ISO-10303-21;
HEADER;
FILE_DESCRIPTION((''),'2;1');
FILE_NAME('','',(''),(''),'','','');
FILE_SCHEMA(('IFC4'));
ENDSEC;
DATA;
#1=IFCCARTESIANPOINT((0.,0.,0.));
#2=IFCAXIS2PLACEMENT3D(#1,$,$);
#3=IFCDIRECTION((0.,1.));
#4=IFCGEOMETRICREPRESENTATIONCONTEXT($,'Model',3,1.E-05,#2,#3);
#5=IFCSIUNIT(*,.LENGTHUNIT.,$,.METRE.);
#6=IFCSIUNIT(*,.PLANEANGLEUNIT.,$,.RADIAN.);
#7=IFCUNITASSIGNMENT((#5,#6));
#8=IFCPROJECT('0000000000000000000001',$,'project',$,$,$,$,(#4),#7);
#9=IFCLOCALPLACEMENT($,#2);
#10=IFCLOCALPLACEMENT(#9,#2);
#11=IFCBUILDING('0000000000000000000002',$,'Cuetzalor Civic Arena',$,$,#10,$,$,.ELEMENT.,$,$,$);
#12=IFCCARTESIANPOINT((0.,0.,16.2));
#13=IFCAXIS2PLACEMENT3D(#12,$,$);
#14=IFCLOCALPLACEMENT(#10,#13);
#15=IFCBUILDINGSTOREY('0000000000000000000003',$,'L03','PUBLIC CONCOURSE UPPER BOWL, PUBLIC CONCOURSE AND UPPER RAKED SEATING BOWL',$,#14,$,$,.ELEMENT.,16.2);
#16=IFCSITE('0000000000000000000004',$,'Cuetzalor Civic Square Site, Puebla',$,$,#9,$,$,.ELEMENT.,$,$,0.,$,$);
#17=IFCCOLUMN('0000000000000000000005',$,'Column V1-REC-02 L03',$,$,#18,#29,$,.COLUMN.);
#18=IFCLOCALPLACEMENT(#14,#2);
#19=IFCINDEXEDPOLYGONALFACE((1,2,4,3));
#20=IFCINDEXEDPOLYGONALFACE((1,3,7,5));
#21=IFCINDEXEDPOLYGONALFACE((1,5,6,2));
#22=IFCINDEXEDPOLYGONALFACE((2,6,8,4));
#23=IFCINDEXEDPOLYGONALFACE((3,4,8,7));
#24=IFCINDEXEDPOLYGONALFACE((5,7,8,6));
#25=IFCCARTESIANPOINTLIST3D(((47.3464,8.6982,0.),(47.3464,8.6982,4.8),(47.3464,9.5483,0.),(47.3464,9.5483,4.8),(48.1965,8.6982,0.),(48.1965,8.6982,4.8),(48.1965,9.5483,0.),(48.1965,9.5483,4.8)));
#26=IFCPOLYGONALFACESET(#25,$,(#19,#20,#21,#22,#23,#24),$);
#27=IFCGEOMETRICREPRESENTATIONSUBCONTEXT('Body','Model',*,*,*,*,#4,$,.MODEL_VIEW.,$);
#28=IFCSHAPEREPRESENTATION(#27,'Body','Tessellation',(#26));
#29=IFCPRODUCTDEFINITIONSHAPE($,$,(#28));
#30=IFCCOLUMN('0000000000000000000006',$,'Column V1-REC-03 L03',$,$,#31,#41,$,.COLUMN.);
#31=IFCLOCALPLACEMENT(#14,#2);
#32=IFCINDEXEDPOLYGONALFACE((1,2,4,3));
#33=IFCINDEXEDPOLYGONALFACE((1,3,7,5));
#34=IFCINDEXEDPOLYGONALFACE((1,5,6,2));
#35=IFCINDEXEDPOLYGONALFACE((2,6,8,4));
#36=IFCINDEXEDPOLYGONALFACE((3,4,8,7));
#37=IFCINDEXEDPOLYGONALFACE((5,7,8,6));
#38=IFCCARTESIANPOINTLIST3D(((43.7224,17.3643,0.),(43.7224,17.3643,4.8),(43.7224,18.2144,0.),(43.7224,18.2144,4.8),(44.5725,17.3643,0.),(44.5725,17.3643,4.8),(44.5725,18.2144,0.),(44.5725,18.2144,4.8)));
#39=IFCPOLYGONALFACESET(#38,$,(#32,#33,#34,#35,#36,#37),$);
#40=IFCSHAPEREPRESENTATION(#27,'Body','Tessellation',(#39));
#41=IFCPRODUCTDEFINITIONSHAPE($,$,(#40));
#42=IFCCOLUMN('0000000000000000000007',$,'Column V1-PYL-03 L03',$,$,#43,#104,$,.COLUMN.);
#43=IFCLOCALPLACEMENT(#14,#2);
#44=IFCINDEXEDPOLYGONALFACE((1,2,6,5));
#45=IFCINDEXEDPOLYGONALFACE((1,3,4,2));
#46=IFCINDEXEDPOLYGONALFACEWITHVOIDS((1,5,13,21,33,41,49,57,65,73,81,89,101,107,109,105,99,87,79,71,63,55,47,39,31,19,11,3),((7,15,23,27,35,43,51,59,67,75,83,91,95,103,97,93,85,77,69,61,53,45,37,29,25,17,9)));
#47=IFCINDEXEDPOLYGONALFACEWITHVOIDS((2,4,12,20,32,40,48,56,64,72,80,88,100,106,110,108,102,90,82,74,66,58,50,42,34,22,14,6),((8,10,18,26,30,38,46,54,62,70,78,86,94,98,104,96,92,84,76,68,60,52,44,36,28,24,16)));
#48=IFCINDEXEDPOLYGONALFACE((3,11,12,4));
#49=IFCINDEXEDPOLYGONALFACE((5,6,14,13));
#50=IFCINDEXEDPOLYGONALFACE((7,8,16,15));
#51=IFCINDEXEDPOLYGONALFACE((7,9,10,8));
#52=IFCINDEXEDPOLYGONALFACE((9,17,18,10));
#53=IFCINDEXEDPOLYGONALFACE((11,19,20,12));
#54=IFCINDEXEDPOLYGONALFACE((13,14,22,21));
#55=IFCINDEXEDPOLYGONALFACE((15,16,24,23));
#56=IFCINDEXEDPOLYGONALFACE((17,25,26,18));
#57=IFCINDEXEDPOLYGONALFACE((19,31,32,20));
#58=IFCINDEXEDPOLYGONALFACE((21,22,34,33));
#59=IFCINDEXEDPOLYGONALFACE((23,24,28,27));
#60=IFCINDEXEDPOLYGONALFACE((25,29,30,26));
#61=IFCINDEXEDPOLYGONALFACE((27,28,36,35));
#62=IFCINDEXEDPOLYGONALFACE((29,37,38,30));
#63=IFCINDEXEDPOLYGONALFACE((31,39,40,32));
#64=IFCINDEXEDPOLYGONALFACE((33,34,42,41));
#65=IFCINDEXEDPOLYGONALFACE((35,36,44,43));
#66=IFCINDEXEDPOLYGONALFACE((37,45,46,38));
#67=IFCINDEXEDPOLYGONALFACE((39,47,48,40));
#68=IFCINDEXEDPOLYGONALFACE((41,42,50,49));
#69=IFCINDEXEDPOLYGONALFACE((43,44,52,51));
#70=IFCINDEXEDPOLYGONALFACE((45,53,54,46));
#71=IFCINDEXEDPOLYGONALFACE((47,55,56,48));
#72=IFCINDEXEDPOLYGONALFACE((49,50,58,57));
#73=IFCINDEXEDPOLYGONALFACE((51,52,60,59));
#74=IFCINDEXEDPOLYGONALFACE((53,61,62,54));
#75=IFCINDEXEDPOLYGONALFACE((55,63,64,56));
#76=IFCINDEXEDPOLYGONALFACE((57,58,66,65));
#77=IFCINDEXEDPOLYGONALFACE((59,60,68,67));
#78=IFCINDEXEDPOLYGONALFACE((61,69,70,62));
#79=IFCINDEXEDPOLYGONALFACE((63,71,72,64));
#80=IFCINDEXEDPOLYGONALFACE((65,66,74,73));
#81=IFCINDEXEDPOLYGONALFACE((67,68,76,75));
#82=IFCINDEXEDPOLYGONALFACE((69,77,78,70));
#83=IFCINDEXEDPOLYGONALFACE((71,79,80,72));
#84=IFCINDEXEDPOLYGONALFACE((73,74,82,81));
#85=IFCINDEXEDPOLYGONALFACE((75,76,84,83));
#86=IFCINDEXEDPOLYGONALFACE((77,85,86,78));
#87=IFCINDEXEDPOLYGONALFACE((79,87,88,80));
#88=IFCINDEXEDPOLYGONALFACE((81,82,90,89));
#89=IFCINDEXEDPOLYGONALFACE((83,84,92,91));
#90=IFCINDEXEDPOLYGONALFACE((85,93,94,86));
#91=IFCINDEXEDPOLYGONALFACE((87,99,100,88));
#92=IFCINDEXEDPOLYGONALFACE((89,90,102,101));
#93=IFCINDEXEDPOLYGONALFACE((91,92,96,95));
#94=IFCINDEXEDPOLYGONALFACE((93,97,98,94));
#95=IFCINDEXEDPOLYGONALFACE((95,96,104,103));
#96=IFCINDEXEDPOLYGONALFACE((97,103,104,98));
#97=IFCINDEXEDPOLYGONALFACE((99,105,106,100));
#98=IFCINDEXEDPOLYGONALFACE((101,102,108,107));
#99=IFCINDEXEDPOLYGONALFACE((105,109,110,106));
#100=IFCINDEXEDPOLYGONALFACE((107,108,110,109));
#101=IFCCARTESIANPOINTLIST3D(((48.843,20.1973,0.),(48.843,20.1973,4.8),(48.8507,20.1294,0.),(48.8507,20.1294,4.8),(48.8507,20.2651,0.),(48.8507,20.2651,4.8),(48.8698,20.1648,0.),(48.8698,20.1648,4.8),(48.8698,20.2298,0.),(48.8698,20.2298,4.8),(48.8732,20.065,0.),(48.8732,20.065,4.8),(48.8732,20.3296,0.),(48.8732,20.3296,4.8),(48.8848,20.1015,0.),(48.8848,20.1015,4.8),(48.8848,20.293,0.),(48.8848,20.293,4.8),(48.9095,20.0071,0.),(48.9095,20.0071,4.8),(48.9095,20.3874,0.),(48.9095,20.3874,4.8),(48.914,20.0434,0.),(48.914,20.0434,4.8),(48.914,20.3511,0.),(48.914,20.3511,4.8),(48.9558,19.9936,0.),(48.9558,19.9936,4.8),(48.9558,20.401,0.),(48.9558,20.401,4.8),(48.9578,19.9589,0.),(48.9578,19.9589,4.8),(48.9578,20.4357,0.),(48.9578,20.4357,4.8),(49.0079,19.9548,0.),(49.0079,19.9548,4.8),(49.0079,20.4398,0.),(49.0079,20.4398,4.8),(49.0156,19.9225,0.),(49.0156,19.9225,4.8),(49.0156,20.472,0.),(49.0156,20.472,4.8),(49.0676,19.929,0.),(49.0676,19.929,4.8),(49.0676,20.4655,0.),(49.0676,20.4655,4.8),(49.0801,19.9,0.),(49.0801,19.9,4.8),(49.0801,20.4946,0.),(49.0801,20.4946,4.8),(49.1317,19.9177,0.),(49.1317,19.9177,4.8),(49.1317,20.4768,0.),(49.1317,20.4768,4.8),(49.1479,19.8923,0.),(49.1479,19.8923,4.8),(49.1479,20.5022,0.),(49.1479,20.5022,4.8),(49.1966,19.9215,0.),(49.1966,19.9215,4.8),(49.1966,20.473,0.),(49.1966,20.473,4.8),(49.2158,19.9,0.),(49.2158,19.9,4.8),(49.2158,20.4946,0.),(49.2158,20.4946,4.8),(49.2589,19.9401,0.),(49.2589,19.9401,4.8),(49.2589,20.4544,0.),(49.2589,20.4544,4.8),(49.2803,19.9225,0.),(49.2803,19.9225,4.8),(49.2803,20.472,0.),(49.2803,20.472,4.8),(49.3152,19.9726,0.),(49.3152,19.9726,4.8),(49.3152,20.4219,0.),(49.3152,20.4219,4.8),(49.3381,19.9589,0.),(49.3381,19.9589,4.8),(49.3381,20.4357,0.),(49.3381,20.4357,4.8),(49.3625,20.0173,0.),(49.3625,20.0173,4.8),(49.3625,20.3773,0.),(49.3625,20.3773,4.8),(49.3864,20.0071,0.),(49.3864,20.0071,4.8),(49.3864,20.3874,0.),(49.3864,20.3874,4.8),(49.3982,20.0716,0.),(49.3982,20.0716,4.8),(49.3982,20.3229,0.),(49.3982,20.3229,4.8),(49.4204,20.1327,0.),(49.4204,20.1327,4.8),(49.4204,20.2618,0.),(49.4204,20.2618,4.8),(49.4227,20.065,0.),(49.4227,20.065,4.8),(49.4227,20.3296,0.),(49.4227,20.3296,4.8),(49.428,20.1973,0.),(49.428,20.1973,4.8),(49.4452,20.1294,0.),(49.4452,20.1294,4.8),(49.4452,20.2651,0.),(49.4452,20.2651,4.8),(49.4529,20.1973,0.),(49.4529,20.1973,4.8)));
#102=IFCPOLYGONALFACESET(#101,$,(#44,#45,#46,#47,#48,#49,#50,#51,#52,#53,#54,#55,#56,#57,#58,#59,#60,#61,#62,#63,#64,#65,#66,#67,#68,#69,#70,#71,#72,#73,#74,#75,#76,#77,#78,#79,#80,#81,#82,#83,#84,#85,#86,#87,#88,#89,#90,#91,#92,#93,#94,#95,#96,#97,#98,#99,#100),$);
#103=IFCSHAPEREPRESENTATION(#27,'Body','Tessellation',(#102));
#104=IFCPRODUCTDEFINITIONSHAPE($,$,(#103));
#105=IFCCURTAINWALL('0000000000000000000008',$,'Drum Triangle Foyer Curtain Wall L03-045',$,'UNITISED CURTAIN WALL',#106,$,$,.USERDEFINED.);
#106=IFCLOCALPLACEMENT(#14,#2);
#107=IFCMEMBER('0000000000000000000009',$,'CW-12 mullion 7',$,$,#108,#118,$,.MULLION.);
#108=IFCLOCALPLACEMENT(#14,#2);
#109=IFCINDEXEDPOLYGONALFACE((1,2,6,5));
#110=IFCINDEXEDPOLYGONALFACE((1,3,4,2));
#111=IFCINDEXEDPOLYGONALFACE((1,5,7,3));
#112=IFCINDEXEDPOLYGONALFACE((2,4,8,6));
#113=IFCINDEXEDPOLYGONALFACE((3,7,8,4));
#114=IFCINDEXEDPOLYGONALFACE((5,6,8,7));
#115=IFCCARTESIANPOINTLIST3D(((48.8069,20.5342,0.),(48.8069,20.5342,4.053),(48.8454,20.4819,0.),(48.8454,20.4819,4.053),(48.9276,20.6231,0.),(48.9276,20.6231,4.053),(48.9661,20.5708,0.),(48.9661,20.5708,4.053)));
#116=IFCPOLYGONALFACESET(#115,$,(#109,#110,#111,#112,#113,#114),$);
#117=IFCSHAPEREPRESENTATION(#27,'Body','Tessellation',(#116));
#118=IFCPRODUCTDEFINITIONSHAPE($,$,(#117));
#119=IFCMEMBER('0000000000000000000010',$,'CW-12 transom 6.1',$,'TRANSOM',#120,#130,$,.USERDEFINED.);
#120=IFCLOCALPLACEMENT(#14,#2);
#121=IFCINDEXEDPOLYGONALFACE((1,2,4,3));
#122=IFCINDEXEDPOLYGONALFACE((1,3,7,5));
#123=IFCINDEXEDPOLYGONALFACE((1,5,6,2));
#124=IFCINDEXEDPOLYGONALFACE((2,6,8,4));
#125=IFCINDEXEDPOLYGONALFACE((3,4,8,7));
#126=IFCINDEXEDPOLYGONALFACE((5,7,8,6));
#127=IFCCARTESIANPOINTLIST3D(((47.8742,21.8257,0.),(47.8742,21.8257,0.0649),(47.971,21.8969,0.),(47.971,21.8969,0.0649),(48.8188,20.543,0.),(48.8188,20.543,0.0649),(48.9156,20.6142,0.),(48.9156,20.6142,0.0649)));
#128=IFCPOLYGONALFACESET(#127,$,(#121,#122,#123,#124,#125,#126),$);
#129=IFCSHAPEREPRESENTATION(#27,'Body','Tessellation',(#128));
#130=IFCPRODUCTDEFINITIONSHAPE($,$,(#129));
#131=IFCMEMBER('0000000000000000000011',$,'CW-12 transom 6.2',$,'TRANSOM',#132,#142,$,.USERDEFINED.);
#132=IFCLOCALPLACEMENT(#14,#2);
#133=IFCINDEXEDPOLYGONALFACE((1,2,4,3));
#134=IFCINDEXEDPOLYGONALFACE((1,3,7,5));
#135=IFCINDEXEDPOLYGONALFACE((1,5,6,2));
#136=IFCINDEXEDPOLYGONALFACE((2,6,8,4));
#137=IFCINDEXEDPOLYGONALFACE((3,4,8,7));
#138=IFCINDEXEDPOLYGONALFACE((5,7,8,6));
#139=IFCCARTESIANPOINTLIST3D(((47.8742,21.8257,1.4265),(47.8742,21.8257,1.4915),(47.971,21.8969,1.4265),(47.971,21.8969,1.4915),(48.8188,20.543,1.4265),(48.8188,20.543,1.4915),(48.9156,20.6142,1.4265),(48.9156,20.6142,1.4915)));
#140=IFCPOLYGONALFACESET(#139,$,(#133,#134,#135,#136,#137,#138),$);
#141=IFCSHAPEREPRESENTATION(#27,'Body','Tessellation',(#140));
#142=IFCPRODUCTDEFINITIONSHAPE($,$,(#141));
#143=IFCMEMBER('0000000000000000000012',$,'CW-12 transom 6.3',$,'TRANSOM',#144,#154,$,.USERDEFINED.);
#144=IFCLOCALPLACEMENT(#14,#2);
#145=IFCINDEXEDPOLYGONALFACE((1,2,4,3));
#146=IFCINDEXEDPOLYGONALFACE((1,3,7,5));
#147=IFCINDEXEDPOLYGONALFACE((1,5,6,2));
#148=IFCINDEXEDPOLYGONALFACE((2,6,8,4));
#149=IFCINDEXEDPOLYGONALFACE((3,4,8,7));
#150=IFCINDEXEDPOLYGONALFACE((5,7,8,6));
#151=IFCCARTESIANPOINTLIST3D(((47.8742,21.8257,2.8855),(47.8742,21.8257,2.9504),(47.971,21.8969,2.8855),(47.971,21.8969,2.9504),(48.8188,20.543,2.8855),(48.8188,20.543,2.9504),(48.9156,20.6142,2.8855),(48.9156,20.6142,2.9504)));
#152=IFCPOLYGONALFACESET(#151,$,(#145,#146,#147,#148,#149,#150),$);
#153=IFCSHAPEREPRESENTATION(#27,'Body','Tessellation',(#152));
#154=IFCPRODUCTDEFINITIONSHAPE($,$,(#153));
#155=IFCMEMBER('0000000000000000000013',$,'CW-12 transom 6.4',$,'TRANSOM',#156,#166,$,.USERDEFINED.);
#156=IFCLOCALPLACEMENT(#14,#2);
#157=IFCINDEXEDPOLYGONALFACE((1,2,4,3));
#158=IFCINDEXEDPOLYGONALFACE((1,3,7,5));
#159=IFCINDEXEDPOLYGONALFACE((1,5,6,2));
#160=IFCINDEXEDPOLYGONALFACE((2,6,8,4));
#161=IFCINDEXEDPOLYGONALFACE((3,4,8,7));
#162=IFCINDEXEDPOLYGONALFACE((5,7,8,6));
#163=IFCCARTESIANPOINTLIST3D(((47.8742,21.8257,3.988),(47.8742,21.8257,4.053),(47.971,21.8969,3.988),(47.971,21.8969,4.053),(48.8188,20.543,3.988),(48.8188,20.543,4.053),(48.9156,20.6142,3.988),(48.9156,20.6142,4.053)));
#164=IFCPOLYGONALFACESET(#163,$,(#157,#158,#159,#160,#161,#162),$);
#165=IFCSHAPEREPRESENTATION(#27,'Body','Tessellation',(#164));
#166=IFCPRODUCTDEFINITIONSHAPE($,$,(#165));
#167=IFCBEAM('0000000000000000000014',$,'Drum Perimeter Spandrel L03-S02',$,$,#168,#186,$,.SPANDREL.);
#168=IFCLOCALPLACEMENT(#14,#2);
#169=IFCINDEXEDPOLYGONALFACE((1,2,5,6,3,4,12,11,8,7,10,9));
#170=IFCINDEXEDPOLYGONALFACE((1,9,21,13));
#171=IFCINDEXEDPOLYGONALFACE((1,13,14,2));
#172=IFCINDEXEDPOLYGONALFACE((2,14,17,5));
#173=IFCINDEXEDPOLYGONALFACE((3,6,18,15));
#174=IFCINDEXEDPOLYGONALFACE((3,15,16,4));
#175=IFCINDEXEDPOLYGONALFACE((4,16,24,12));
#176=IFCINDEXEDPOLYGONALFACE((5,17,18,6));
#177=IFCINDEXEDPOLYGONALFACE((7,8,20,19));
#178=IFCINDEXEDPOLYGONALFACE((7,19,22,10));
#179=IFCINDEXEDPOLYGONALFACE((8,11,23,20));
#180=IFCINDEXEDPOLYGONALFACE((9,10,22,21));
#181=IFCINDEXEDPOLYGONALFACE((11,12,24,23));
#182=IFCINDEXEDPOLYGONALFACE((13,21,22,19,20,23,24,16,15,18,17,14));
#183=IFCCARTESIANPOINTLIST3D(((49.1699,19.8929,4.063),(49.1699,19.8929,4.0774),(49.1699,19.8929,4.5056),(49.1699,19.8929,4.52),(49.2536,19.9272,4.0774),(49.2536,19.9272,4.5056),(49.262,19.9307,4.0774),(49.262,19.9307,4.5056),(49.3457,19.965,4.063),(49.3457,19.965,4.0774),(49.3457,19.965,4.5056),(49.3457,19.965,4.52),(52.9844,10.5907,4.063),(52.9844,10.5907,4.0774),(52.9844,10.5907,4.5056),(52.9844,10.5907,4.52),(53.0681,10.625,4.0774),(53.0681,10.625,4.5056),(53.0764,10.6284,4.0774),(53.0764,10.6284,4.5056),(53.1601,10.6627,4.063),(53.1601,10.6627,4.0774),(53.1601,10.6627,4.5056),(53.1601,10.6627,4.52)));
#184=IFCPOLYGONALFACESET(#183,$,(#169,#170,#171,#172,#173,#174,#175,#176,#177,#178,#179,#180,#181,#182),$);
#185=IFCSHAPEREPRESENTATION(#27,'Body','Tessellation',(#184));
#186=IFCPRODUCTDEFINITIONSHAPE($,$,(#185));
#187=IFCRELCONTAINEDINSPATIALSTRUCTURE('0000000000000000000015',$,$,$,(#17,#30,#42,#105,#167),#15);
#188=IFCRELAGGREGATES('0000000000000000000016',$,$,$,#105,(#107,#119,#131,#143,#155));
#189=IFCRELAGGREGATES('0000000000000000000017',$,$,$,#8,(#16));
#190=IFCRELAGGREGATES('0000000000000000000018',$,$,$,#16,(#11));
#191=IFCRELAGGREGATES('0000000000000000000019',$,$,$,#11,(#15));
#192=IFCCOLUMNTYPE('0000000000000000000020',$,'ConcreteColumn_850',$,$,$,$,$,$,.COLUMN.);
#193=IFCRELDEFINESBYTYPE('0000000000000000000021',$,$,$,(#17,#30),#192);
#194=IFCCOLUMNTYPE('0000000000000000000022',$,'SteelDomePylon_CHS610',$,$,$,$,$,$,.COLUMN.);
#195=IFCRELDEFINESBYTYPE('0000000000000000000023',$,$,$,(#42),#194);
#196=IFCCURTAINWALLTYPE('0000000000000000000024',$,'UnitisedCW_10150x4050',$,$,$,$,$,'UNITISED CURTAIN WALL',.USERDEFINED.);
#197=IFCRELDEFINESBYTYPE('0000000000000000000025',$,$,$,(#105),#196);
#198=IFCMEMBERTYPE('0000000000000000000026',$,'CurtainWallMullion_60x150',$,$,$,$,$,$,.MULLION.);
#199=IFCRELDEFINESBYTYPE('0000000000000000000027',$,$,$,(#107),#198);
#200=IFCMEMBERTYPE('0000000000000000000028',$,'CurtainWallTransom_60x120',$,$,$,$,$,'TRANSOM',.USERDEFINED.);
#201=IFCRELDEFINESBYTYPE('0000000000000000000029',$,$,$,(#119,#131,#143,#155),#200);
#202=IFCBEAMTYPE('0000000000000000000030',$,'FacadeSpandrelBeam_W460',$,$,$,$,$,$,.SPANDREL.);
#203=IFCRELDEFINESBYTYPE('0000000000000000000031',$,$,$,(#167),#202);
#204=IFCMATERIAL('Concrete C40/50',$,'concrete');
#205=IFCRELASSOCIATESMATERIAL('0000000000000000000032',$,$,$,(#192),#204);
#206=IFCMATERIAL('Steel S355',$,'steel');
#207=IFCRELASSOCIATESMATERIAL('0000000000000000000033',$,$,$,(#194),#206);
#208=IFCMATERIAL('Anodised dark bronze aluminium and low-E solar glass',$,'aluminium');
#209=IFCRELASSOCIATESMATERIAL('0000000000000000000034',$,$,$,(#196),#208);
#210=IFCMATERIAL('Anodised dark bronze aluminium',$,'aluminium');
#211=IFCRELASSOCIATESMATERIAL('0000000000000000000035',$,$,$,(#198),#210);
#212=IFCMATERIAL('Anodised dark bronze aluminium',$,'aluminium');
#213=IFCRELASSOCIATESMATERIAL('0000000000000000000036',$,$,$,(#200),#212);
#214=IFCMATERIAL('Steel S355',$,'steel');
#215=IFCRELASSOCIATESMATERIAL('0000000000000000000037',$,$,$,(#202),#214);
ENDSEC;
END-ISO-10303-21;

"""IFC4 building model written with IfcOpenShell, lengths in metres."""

from ifc_helpers import new_model, si_unit, direction, frame, origin, origin_2d, place, context, subcontext, project, spatial, rectangle, hollow_circle, i_section, extrude, material, material_profile, profile_set, type_object, element, aggregate, save


model = new_model("IFC4")

# Units and contexts
model_context = context("Model", 3, precision=1e-05, world=origin(), true_north=direction((0.0, 1.0)))
body_context = subcontext(model_context, "Body", "Model", "MODEL_VIEW")
ifc_project = project(units=[si_unit("LENGTHUNIT", "METRE"), si_unit("PLANEANGLEUNIT", "RADIAN")], contexts=[model_context])

# Site, building, storey
site_placement = place(None, origin())
site = spatial("IfcSite", under=ifc_project, at=site_placement, Name="Cuetzalor Civic Square Site, Puebla", CompositionType="ELEMENT", RefElevation=0.0)
building_placement = place(site_placement, origin())
building = spatial("IfcBuilding", under=site, at=building_placement, Name="Cuetzalor Civic Arena", CompositionType="ELEMENT")
storey_placement = place(building_placement, frame((0.0, 0.0, 16.2)))
storey = spatial("IfcBuildingStorey", under=building, at=storey_placement, Name="L03", Description="PUBLIC CONCOURSE UPPER BOWL, PUBLIC CONCOURSE AND UPPER RAKED SEATING BOWL", CompositionType="ELEMENT", Elevation=16.2)

# Columns
ifc_material_1 = material(Name="Concrete C40/50", Category="concrete")
ifc_material_profile_1 = material_profile(ifc_material_1, rectangle(XDim=0.8501, YDim=0.8501, at=origin_2d()), Name="RC 850x850")
ifc_profile_set_1 = profile_set([ifc_material_profile_1], Name="Concrete C40/50")
column_type_1 = type_object("IfcColumnType", Name="ConcreteColumn_850", PredefinedType="COLUMN", material=ifc_profile_set_1)
for number, where, z_axis, x_axis, name in (
    (1, (47.7715, 9.1233, 0.0), (0.0, 0.0, 1.0), (1.0, 0.0, 0.0), "Column V1-REC-02 L03"),
    (2, (44.1475, 17.7893, 0.0), (0.0, 0.0, 1.0), (1.0, 0.0, 0.0), "Column V1-REC-03 L03"),
):
    element("IfcColumn", number, at=place(storey_placement, frame(where, z_axis=z_axis, x_axis=x_axis)), inside=storey, type_object=column_type_1, Name=name, PredefinedType="COLUMN", context=body_context, shape_type="SweptSolid", body=[
        extrude(rectangle(XDim=0.8501, YDim=0.8501, at=origin_2d()), origin(), (0.0, 0.0, 1.0), 4.8),
    ])
ifc_material_2 = material(Name="Steel S355", Category="steel")
ifc_material_profile_2 = material_profile(ifc_material_2, hollow_circle(Radius=0.3049, WallThickness=0.0249, at=origin_2d()), Name="CHS 610x25")
ifc_profile_set_2 = profile_set([ifc_material_profile_2], Name="Steel S355")
column_type_2 = type_object("IfcColumnType", Name="SteelDomePylon_CHS610", PredefinedType="COLUMN", material=ifc_profile_set_2)
column_placement = place(storey_placement, frame((49.1479, 20.1973, 0.0), z_axis=(0.0, 0.0, 1.0), x_axis=(1.0, 0.0, 0.0)))
element("IfcColumn", 3, at=column_placement, inside=storey, type_object=column_type_2, Name="Column V1-PYL-03 L03", PredefinedType="COLUMN", context=body_context, shape_type="SweptSolid", body=[
    extrude(hollow_circle(Radius=0.3049, WallThickness=0.0249, at=origin_2d()), origin(), (0.0, 0.0, 1.0), 4.8),
])

# Curtain wall, members
ifc_material_3 = material(Name="Anodised dark bronze aluminium and low-E solar glass", Category="aluminium")
curtain_wall_type = type_object("IfcCurtainWallType", Name="UnitisedCW_10150x4050", ElementType="UNITISED CURTAIN WALL", PredefinedType="USERDEFINED", material=ifc_material_3)
curtain_wall_placement = place(storey_placement, origin())
curtain_wall = element("IfcCurtainWall", 4, at=curtain_wall_placement, inside=storey, type_object=curtain_wall_type, Name="Drum Triangle Foyer Curtain Wall L03-045", ObjectType="UNITISED CURTAIN WALL", PredefinedType="USERDEFINED")
ifc_material_4 = material(Name="Anodised dark bronze aluminium", Category="aluminium")
ifc_material_profile_3 = material_profile(ifc_material_4, rectangle(XDim=0.0649, YDim=0.1499, at=origin_2d()), Name="ALU MULLION 65x150")
ifc_profile_set_3 = profile_set([ifc_material_profile_3], Name="Anodised dark bronze aluminium")
member_type_1 = type_object("IfcMemberType", Name="CurtainWallMullion_60x150", PredefinedType="MULLION", material=ifc_profile_set_3)
member_1_placement = place(storey_placement, frame((48.8865, 20.5525, 0.0), z_axis=(0.0, 0.0, 1.0), x_axis=(0.592929, -0.805255, 0.0)))
member_1 = element("IfcMember", 5, at=member_1_placement, type_object=member_type_1, Name="CW-12 mullion 7", PredefinedType="MULLION", context=body_context, shape_type="SweptSolid", body=[
    extrude(rectangle(XDim=0.0649, YDim=0.1499, at=origin_2d()), origin(), (0.0, 0.0, 1.0), 4.053),
])
ifc_material_5 = material(Name="Anodised dark bronze aluminium", Category="aluminium")
ifc_material_profile_4 = material_profile(ifc_material_5, rectangle(XDim=0.1201, YDim=0.0649, at=origin_2d()), Name="ALU TRANSOM 65x120")
ifc_profile_set_4 = profile_set([ifc_material_profile_4], Name="Anodised dark bronze aluminium")
member_type_2 = type_object("IfcMemberType", Name="CurtainWallTransom_60x120", ElementType="TRANSOM", PredefinedType="USERDEFINED", material=ifc_profile_set_4)
member_2_placement = place(storey_placement, frame((47.9226, 21.8613, 0.0325), z_axis=(0.592964, -0.805229, 0.0), x_axis=(0.805229, 0.592964, 0.0)))
member_2 = element("IfcMember", 6, at=member_2_placement, type_object=member_type_2, Name="CW-12 transom 6.1", ObjectType="TRANSOM", PredefinedType="USERDEFINED", context=body_context, shape_type="SweptSolid", body=[
    extrude(rectangle(XDim=0.1201, YDim=0.0649, at=origin_2d()), origin(), (0.0, 0.0, 1.0), 1.593),
])
member_3_placement = place(storey_placement, frame((47.9226, 21.8613, 1.459), z_axis=(0.592964, -0.805229, 0.0), x_axis=(0.805229, 0.592964, 0.0)))
member_3 = element("IfcMember", 7, at=member_3_placement, type_object=member_type_2, Name="CW-12 transom 6.2", ObjectType="TRANSOM", PredefinedType="USERDEFINED", context=body_context, shape_type="SweptSolid", body=[
    extrude(rectangle(XDim=0.1201, YDim=0.0649, at=origin_2d()), origin(), (0.0, 0.0, 1.0), 1.593),
])
member_4_placement = place(storey_placement, frame((47.9226, 21.8613, 2.918), z_axis=(0.592964, -0.805229, 0.0), x_axis=(0.805229, 0.592964, 0.0)))
member_4 = element("IfcMember", 8, at=member_4_placement, type_object=member_type_2, Name="CW-12 transom 6.3", ObjectType="TRANSOM", PredefinedType="USERDEFINED", context=body_context, shape_type="SweptSolid", body=[
    extrude(rectangle(XDim=0.1201, YDim=0.0649, at=origin_2d()), origin(), (0.0, 0.0, 1.0), 1.593),
])
member_5_placement = place(storey_placement, frame((47.9226, 21.8613, 4.0205), z_axis=(0.592964, -0.805229, 0.0), x_axis=(0.805229, 0.592964, 0.0)))
member_5 = element("IfcMember", 9, at=member_5_placement, type_object=member_type_2, Name="CW-12 transom 6.4", ObjectType="TRANSOM", PredefinedType="USERDEFINED", context=body_context, shape_type="SweptSolid", body=[
    extrude(rectangle(XDim=0.1201, YDim=0.0649, at=origin_2d()), origin(), (0.0, 0.0, 1.0), 1.593),
])

# Beam
ifc_material_6 = material(Name="Steel S355", Category="steel")
ifc_material_profile_5 = material_profile(ifc_material_6, i_section(OverallWidth=0.1899, OverallDepth=0.457, WebThickness=0.009, FlangeThickness=0.0144, at=origin_2d()), Name="W460x74")
ifc_profile_set_5 = profile_set([ifc_material_profile_5], Name="Steel S355")
beam_type_1 = type_object("IfcBeamType", Name="FacadeSpandrelBeam_W460", PredefinedType="SPANDREL", material=ifc_profile_set_5)
beam_1_placement = place(storey_placement, frame((53.0723, 10.6267, 4.2915), z_axis=(-0.379399, 0.925233, 0.0), x_axis=(-0.925233, -0.379399, 0.0)))
element("IfcBeam", 10, at=beam_1_placement, inside=storey, type_object=beam_type_1, Name="Drum Perimeter Spandrel L03-S02", PredefinedType="SPANDREL", context=body_context, shape_type="SweptSolid", body=[
    extrude(i_section(OverallWidth=0.1899, OverallDepth=0.457, WebThickness=0.009, FlangeThickness=0.0144, at=origin_2d()), origin(), (0.0, 0.0, 1.0), 10.054),
])

aggregate(curtain_wall, [member_1, member_2, member_3, member_4, member_5])

save(model, "model.ifc")
